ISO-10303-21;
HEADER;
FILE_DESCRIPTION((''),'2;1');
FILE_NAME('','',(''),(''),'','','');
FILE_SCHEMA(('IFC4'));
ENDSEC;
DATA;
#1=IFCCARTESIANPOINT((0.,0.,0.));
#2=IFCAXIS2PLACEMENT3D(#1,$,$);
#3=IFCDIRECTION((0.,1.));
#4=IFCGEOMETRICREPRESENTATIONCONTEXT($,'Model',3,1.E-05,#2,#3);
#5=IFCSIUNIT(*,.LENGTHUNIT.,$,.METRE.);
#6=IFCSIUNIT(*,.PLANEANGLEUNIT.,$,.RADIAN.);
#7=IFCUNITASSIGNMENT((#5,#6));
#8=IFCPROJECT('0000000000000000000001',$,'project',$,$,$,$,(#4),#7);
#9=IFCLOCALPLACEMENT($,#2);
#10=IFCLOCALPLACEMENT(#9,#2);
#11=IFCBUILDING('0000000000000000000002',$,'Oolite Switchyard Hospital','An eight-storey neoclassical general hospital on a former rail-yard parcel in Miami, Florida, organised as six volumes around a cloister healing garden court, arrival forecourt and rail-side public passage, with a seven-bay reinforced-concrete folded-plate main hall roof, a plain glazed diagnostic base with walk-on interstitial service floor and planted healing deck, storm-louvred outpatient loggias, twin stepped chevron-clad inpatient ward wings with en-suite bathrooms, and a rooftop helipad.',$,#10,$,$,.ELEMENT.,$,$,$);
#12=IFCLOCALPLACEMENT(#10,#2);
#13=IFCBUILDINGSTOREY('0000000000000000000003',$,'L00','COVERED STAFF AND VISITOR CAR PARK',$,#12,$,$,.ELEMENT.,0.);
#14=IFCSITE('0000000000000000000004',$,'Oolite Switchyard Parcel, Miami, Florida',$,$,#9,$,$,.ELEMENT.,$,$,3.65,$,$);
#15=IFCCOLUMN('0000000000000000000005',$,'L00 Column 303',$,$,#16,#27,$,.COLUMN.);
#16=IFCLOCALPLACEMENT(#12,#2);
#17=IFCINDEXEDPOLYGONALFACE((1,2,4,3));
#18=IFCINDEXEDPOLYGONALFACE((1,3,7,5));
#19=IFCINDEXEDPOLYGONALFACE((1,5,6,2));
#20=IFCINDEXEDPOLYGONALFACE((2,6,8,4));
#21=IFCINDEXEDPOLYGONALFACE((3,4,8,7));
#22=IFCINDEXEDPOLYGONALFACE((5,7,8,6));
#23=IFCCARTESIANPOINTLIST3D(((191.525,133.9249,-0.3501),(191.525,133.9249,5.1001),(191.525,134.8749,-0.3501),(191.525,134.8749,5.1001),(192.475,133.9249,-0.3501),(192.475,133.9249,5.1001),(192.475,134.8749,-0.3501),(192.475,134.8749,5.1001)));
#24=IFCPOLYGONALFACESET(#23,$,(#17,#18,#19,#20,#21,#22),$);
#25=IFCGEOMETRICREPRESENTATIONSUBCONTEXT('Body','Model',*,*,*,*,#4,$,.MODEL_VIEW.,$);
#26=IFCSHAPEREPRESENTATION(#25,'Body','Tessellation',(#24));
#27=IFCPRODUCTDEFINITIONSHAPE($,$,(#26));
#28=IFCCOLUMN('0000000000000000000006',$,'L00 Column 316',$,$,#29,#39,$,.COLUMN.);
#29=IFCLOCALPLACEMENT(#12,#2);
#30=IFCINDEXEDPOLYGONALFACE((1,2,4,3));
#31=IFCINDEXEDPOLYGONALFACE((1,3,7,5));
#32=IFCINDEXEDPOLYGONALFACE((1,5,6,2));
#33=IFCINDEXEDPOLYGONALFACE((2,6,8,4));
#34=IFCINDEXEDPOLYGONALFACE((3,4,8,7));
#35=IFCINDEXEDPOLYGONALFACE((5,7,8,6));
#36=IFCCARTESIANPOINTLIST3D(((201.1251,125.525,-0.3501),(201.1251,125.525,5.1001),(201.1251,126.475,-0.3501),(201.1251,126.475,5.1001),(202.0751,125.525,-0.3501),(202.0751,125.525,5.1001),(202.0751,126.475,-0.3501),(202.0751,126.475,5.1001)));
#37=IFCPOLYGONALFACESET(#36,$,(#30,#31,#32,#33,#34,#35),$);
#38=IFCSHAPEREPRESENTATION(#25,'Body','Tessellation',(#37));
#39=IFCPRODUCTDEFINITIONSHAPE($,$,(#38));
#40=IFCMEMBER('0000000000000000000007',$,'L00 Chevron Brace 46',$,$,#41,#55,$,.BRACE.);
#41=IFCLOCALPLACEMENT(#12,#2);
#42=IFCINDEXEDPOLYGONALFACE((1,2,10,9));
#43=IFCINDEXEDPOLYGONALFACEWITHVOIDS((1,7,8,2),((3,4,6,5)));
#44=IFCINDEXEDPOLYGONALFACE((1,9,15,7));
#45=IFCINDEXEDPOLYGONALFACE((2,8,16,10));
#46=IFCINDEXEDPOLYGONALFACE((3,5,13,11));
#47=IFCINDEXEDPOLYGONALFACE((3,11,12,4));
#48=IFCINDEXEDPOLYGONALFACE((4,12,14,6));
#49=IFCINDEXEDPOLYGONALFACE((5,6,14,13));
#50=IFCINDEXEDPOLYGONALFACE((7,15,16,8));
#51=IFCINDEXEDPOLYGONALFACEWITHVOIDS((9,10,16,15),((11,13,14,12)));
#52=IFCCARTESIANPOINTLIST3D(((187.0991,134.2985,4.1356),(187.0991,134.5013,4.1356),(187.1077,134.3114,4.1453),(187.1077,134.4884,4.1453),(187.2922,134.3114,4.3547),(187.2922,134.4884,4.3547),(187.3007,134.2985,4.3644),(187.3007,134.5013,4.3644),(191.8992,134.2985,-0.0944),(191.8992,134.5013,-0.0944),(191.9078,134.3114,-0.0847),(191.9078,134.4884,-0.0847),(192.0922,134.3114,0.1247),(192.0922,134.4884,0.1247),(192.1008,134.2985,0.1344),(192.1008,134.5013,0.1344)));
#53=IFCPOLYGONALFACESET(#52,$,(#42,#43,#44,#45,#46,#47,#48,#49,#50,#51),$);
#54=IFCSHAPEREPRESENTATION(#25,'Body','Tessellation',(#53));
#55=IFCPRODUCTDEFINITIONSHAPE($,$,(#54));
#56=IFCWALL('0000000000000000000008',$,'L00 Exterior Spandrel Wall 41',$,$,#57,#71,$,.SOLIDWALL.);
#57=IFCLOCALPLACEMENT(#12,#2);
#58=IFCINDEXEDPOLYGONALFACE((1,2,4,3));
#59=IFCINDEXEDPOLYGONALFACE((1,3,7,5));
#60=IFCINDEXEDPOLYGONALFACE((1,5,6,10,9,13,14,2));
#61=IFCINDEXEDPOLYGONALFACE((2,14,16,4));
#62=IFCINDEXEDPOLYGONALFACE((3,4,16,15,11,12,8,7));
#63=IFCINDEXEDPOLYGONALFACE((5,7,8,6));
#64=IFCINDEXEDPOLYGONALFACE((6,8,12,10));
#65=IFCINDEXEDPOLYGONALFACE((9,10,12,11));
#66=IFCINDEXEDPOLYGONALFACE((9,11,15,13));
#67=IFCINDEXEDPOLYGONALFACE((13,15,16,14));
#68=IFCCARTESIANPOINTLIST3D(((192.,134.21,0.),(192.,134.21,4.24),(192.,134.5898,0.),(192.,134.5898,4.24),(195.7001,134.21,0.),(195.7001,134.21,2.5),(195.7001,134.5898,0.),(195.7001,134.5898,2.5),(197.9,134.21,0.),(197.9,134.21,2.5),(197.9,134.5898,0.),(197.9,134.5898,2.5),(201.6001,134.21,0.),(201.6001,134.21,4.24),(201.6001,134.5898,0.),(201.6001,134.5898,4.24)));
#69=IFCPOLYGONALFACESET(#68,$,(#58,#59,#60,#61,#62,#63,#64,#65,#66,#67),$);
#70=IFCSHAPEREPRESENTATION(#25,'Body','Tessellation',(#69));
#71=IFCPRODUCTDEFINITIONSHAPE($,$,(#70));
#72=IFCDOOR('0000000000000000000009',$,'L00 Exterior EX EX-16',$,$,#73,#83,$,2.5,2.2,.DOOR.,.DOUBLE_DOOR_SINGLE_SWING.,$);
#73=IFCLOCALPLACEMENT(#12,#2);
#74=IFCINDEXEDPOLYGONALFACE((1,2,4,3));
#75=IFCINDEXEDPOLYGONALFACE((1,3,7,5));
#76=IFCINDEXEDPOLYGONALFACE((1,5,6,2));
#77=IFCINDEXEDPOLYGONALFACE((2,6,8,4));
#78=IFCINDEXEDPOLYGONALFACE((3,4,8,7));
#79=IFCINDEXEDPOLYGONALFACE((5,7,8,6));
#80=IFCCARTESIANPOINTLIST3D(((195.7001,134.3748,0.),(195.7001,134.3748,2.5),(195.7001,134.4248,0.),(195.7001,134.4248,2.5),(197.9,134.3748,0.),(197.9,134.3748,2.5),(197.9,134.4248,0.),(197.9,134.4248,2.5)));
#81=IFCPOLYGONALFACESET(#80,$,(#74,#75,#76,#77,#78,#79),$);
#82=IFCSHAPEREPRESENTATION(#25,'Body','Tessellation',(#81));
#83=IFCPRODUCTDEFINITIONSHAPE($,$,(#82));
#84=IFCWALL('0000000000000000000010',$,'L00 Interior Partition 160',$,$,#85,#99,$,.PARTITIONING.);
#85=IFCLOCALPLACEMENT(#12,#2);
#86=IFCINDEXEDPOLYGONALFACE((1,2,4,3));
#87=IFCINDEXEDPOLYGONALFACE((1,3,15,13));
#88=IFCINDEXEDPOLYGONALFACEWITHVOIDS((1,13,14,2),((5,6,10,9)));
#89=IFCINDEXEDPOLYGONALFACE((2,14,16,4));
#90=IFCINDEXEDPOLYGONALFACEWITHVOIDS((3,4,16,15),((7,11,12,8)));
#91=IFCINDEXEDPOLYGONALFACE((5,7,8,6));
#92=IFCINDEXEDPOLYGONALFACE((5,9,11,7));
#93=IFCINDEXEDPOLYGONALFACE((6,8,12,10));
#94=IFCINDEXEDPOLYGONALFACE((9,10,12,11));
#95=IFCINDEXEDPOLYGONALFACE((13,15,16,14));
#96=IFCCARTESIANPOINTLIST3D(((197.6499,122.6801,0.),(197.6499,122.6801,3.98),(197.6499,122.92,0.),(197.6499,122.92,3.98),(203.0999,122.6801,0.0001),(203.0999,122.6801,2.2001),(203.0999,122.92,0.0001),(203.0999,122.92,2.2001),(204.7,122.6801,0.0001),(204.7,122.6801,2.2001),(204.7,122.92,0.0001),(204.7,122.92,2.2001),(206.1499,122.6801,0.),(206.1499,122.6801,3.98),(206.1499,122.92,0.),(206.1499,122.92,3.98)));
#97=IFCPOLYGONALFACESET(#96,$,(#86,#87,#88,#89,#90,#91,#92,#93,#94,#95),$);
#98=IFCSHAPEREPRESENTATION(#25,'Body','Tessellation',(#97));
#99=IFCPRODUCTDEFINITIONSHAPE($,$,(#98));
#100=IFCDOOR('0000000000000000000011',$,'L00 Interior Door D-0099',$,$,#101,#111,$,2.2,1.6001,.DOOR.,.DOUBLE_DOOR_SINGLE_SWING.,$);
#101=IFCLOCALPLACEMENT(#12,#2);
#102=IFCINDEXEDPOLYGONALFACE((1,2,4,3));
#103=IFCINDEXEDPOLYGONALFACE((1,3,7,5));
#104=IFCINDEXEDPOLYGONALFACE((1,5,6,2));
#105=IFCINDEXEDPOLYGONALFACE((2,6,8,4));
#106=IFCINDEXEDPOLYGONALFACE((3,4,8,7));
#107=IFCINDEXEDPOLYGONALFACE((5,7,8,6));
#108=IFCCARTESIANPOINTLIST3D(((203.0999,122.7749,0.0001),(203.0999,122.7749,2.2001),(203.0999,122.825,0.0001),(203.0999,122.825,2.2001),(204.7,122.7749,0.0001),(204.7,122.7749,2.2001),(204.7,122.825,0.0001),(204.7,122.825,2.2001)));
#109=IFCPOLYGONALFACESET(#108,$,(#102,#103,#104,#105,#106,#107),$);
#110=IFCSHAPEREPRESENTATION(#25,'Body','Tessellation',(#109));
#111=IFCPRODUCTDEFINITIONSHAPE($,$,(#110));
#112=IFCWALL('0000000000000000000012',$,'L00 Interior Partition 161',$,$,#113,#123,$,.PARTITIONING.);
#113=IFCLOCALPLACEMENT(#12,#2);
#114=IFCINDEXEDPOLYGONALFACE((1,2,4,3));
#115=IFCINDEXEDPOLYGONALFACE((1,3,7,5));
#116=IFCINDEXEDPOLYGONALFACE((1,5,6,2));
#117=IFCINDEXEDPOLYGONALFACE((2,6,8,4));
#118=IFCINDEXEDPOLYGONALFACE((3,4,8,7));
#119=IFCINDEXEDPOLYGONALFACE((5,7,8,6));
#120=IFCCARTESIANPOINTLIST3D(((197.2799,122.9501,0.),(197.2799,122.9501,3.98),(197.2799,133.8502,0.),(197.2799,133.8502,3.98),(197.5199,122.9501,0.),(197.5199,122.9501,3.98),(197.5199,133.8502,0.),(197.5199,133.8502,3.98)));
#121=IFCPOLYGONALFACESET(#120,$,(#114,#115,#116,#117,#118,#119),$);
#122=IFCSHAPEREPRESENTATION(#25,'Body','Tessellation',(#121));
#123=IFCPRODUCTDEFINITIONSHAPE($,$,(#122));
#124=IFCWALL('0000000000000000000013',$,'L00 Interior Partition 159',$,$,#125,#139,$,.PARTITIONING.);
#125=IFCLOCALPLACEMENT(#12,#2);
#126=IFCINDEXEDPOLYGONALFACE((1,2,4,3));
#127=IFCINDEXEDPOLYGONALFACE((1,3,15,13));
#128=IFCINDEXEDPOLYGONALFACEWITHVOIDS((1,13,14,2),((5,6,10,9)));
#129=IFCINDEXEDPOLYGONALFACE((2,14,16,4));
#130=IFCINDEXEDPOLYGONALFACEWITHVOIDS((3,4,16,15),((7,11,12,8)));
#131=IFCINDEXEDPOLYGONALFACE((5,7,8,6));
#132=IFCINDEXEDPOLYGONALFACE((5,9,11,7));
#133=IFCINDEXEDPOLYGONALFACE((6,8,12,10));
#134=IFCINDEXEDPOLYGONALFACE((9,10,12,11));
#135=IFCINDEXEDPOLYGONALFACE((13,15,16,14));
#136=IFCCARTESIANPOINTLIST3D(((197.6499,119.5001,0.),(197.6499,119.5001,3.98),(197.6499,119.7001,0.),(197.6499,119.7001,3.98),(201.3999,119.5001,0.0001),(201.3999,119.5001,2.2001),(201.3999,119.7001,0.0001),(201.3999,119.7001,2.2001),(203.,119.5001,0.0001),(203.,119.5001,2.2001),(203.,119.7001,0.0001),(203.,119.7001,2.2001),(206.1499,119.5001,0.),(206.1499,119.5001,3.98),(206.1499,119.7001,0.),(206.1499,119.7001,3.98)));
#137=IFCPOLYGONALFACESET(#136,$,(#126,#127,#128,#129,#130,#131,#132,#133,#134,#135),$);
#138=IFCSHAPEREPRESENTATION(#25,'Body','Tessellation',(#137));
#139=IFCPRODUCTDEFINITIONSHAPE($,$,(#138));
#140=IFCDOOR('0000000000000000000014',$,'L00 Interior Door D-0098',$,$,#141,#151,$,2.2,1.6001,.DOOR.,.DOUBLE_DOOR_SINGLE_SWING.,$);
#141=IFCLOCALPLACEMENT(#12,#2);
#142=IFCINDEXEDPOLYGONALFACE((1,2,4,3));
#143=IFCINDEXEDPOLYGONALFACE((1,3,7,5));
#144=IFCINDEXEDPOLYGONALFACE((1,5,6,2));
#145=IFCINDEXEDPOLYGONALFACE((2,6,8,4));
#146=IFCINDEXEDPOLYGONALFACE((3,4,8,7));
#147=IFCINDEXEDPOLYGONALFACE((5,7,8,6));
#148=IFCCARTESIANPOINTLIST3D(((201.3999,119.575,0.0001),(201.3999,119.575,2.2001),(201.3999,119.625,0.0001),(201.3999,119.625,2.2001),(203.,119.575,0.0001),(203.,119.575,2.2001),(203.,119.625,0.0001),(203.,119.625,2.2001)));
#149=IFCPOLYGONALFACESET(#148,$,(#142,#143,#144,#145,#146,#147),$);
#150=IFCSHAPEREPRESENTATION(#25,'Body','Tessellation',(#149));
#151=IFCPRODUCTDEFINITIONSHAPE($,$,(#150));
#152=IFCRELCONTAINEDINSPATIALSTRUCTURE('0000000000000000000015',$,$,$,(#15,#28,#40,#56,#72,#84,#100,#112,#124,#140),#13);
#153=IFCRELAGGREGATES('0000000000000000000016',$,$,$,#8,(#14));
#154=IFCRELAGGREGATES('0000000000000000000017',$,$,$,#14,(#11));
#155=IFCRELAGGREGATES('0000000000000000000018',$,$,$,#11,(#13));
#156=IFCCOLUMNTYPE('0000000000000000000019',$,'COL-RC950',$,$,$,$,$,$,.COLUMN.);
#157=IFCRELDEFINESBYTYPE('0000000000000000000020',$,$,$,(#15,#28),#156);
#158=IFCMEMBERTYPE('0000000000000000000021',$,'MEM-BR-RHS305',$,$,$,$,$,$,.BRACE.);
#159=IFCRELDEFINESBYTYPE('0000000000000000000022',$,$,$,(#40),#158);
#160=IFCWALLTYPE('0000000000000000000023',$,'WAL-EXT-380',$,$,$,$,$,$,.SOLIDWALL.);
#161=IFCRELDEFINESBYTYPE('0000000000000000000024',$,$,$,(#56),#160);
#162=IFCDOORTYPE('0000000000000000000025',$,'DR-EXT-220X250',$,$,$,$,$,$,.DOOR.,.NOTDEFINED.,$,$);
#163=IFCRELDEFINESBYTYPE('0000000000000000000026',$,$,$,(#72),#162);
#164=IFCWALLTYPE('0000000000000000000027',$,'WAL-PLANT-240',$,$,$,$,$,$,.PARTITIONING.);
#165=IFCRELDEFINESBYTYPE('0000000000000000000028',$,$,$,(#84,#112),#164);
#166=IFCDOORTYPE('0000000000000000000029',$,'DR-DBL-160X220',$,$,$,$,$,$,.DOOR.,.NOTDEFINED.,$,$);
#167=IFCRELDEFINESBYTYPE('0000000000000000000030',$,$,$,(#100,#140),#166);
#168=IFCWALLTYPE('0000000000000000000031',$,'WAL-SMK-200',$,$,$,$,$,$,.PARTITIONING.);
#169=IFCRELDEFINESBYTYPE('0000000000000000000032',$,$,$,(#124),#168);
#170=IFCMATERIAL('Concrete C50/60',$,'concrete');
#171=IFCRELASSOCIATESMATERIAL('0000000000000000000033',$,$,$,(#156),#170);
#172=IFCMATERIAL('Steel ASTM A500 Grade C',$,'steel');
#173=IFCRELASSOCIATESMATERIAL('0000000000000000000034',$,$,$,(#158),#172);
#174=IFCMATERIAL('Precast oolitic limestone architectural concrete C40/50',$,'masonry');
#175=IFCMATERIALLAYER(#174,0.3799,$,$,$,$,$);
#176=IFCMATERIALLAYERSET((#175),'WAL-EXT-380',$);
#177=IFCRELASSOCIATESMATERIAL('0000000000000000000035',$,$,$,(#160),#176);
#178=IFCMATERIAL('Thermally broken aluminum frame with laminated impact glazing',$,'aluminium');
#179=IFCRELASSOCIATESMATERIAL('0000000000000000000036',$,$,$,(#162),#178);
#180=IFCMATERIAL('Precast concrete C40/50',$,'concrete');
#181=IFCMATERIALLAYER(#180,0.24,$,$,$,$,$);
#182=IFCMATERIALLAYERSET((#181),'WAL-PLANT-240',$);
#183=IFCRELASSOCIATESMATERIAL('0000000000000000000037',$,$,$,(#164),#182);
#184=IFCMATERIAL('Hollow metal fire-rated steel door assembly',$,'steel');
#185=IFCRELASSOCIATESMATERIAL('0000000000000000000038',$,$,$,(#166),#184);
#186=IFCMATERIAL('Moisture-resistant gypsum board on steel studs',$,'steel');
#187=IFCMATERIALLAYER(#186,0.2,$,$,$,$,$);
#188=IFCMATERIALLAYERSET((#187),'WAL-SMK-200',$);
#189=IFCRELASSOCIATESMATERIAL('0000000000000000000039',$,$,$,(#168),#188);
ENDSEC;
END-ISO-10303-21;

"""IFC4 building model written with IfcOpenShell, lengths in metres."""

from ifc_helpers import new_model, si_unit, direction, frame, frame_2d, origin, origin_2d, place, context, subcontext, project, spatial, rectangle, hollow_rectangle, extrude, material, layer, layer_set, material_profile, profile_set, type_object, element, fill, save


model = new_model("IFC4")

# Units and contexts
model_context = context("Model", 3, precision=1e-05, world=origin(), true_north=direction((0.0, 1.0)))
body_context = subcontext(model_context, "Body", "Model", "MODEL_VIEW")
ifc_project = project(units=[si_unit("LENGTHUNIT", "METRE"), si_unit("PLANEANGLEUNIT", "RADIAN")], contexts=[model_context])

# Site, building, storey
site_placement = place(None, origin())
site = spatial("IfcSite", under=ifc_project, at=site_placement, Name="Oolite Switchyard Parcel, Miami, Florida", CompositionType="ELEMENT", RefElevation=3.65)
building_placement = place(site_placement, origin())
building = spatial("IfcBuilding", under=site, at=building_placement, Name="Oolite Switchyard Hospital", Description="An eight-storey neoclassical general hospital on a former rail-yard parcel in Miami, Florida, organised as six volumes around a cloister healing garden court, arrival forecourt and rail-side public passage, with a seven-bay reinforced-concrete folded-plate main hall roof, a plain glazed diagnostic base with walk-on interstitial service floor and planted healing deck, storm-louvred outpatient loggias, twin stepped chevron-clad inpatient ward wings with en-suite bathrooms, and a rooftop helipad.", CompositionType="ELEMENT")
storey_placement = place(building_placement, origin())
storey = spatial("IfcBuildingStorey", under=building, at=storey_placement, Name="L00", Description="COVERED STAFF AND VISITOR CAR PARK", CompositionType="ELEMENT", Elevation=0.0)

# Columns
ifc_material_1 = material(Name="Concrete C50/60", Category="concrete")
ifc_material_profile_1 = material_profile(ifc_material_1, rectangle(XDim=0.95, YDim=0.95, at=origin_2d()), Name="RC950X950")
ifc_profile_set_1 = profile_set([ifc_material_profile_1], Name="Concrete C50/60")
column_type = type_object("IfcColumnType", Name="COL-RC950", PredefinedType="COLUMN", material=ifc_profile_set_1)
for number, where, z_axis, x_axis, name in (
    (1, (192.0, 134.3999, -0.3501), (0.0, 0.0, 1.0), (1.0, 0.0, 0.0), "L00 Column 303"),
    (2, (201.6001, 126.0, -0.3501), (0.0, 0.0, 1.0), (1.0, 0.0, 0.0), "L00 Column 316"),
):
    element("IfcColumn", number, at=place(storey_placement, frame(where, z_axis=z_axis, x_axis=x_axis)), inside=storey, type_object=column_type, Name=name, PredefinedType="COLUMN", context=body_context, shape_type="SweptSolid", body=[
        extrude(rectangle(XDim=0.95, YDim=0.95, at=origin_2d()), origin(), (0.0, 0.0, 1.0), 5.4502),
    ])

# Member
ifc_material_2 = material(Name="Steel ASTM A500 Grade C", Category="steel")
ifc_material_profile_2 = material_profile(ifc_material_2, hollow_rectangle(XDim=0.2029, YDim=0.3049, WallThickness=0.0129, at=origin_2d()), Name="HSS305X203X13")
ifc_profile_set_2 = profile_set([ifc_material_profile_2], Name="Steel ASTM A500 Grade C")
member_type = type_object("IfcMemberType", Name="MEM-BR-RHS305", PredefinedType="BRACE", material=ifc_profile_set_2)
member_placement = place(storey_placement, frame((192.0, 134.3999, 0.02), z_axis=(-0.750253, 0.0, 0.661151), x_axis=(0.0, -1.0, 0.0)))
element("IfcMember", 3, at=member_placement, inside=storey, type_object=member_type, Name="L00 Chevron Brace 46", PredefinedType="BRACE", context=body_context, shape_type="SweptSolid", body=[
    extrude(hollow_rectangle(XDim=0.2029, YDim=0.3049, WallThickness=0.0129, at=origin_2d()), origin(), (0.0, 0.0, 1.0), 6.3979),
])

# Walls, openings, doors
ifc_material_3 = material(Name="Precast oolitic limestone architectural concrete C40/50", Category="masonry")
ifc_layer_1 = layer(ifc_material_3, 0.3799)
ifc_layer_set_1 = layer_set([ifc_layer_1], Name="WAL-EXT-380")
wall_type_1 = type_object("IfcWallType", Name="WAL-EXT-380", PredefinedType="SOLIDWALL", material=ifc_layer_set_1)
wall_1_placement = place(storey_placement, frame((192.0, 134.3999, 0.0), z_axis=(0.0, 0.0, 1.0), x_axis=(1.0, 0.0, 0.0)))
wall_1 = element("IfcWall", 4, at=wall_1_placement, inside=storey, type_object=wall_type_1, Name="L00 Exterior Spandrel Wall 41", PredefinedType="SOLIDWALL", context=body_context, shape_type="SweptSolid", body=[
    extrude(rectangle(XDim=9.6001, YDim=0.3799, at=frame_2d((4.8, 0.0))), origin(), (0.0, 0.0, 1.0), 4.24),
])
opening_1_placement = place(wall_1_placement, frame((3.7, 0.0, 0.0)))
opening_1 = element("IfcOpeningElement", 5, at=opening_1_placement, cuts=wall_1, PredefinedType="OPENING", context=body_context, shape_type="SweptSolid", body=[
    extrude(rectangle(XDim=2.2, YDim=2.5, at=frame_2d((1.1001, 1.25))), frame((0.0, 0.2, 0.0), z_axis=(0.0, -1.0, 0.0), x_axis=(1.0, 0.0, 0.0)), (0.0, 0.0, 1.0), 0.3999),
])
ifc_material_4 = material(Name="Thermally broken aluminum frame with laminated impact glazing", Category="aluminium")
door_type_1 = type_object("IfcDoorType", Name="DR-EXT-220X250", OperationType="NOTDEFINED", PredefinedType="DOOR", material=ifc_material_4)
door_1_placement = place(opening_1_placement, origin())
door_1 = element("IfcDoor", 6, at=door_1_placement, inside=storey, type_object=door_type_1, Name="L00 Exterior EX EX-16", OperationType="DOUBLE_DOOR_SINGLE_SWING", OverallHeight=2.5, OverallWidth=2.2, PredefinedType="DOOR", context=body_context, shape_type="SweptSolid", body=[
    extrude(rectangle(XDim=2.2, YDim=2.5, at=frame_2d((1.1001, 1.25))), frame((0.0, 0.0249, 0.0), z_axis=(0.0, -1.0, 0.0), x_axis=(1.0, 0.0, 0.0)), (0.0, 0.0, 1.0), 0.05),
])
fill(opening_1, door_1)
ifc_material_5 = material(Name="Precast concrete C40/50", Category="concrete")
ifc_layer_2 = layer(ifc_material_5, 0.24)
ifc_layer_set_2 = layer_set([ifc_layer_2], Name="WAL-PLANT-240")
wall_type_2 = type_object("IfcWallType", Name="WAL-PLANT-240", PredefinedType="PARTITIONING", material=ifc_layer_set_2)
wall_2_placement = place(storey_placement, frame((197.6499, 122.8, 0.0), z_axis=(0.0, 0.0, 1.0), x_axis=(1.0, 0.0, 0.0)))
wall_2 = element("IfcWall", 7, at=wall_2_placement, inside=storey, type_object=wall_type_2, Name="L00 Interior Partition 160", PredefinedType="PARTITIONING", context=body_context, shape_type="SweptSolid", body=[
    extrude(rectangle(XDim=8.5, YDim=0.24, at=frame_2d((4.25, 0.0))), origin(), (0.0, 0.0, 1.0), 3.98),
])
opening_2_placement = place(wall_2_placement, frame((5.45, 0.0, 0.0)))
opening_2 = element("IfcOpeningElement", 8, at=opening_2_placement, cuts=wall_2, PredefinedType="OPENING", context=body_context, shape_type="SweptSolid", body=[
    extrude(rectangle(XDim=1.6001, YDim=2.2, at=frame_2d((0.8, 1.1001))), frame((0.0, 0.1299, 0.0), z_axis=(0.0, -1.0, 0.0), x_axis=(1.0, 0.0, 0.0)), (0.0, 0.0, 1.0), 0.26),
])
ifc_material_6 = material(Name="Hollow metal fire-rated steel door assembly", Category="steel")
door_type_2 = type_object("IfcDoorType", Name="DR-DBL-160X220", OperationType="NOTDEFINED", PredefinedType="DOOR", material=ifc_material_6)
door_2_placement = place(opening_2_placement, origin())
door_2 = element("IfcDoor", 9, at=door_2_placement, inside=storey, type_object=door_type_2, Name="L00 Interior Door D-0099", OperationType="DOUBLE_DOOR_SINGLE_SWING", OverallHeight=2.2, OverallWidth=1.6001, PredefinedType="DOOR", context=body_context, shape_type="SweptSolid", body=[
    extrude(rectangle(XDim=1.6001, YDim=2.2, at=frame_2d((0.8, 1.1001))), frame((0.0, 0.0249, 0.0), z_axis=(0.0, -1.0, 0.0), x_axis=(1.0, 0.0, 0.0)), (0.0, 0.0, 1.0), 0.05),
])
fill(opening_2, door_2)

# Wall
wall_3_placement = place(storey_placement, frame((197.3999, 122.95, 0.0), z_axis=(0.0, 0.0, 1.0), x_axis=(0.0, 1.0, 0.0)))
element("IfcWall", 10, at=wall_3_placement, inside=storey, type_object=wall_type_2, Name="L00 Interior Partition 161", PredefinedType="PARTITIONING", context=body_context, shape_type="SweptSolid", body=[
    extrude(rectangle(XDim=10.9001, YDim=0.24, at=frame_2d((5.4502, 0.0))), origin(), (0.0, 0.0, 1.0), 3.98),
])

# Wall, opening, door
ifc_material_7 = material(Name="Moisture-resistant gypsum board on steel studs", Category="steel")
ifc_layer_3 = layer(ifc_material_7, 0.2)
ifc_layer_set_3 = layer_set([ifc_layer_3], Name="WAL-SMK-200")
wall_type_3 = type_object("IfcWallType", Name="WAL-SMK-200", PredefinedType="PARTITIONING", material=ifc_layer_set_3)
wall_4_placement = place(storey_placement, frame((197.6499, 119.6001, 0.0), z_axis=(0.0, 0.0, 1.0), x_axis=(1.0, 0.0, 0.0)))
wall_4 = element("IfcWall", 11, at=wall_4_placement, inside=storey, type_object=wall_type_3, Name="L00 Interior Partition 159", PredefinedType="PARTITIONING", context=body_context, shape_type="SweptSolid", body=[
    extrude(rectangle(XDim=8.5, YDim=0.2, at=frame_2d((4.25, 0.0))), origin(), (0.0, 0.0, 1.0), 3.98),
])
opening_3_placement = place(wall_4_placement, frame((3.75, 0.0, 0.0)))
opening_3 = element("IfcOpeningElement", 12, at=opening_3_placement, cuts=wall_4, PredefinedType="OPENING", context=body_context, shape_type="SweptSolid", body=[
    extrude(rectangle(XDim=1.6001, YDim=2.2, at=frame_2d((0.8, 1.1001))), frame((0.0, 0.1099, 0.0), z_axis=(0.0, -1.0, 0.0), x_axis=(1.0, 0.0, 0.0)), (0.0, 0.0, 1.0), 0.22),
])
door_3_placement = place(opening_3_placement, origin())
door_3 = element("IfcDoor", 13, at=door_3_placement, inside=storey, type_object=door_type_2, Name="L00 Interior Door D-0098", OperationType="DOUBLE_DOOR_SINGLE_SWING", OverallHeight=2.2, OverallWidth=1.6001, PredefinedType="DOOR", context=body_context, shape_type="SweptSolid", body=[
    extrude(rectangle(XDim=1.6001, YDim=2.2, at=frame_2d((0.8, 1.1001))), frame((0.0, 0.0249, 0.0), z_axis=(0.0, -1.0, 0.0), x_axis=(1.0, 0.0, 0.0)), (0.0, 0.0, 1.0), 0.05),
])
fill(opening_3, door_3)

save(model, "model.ifc")
